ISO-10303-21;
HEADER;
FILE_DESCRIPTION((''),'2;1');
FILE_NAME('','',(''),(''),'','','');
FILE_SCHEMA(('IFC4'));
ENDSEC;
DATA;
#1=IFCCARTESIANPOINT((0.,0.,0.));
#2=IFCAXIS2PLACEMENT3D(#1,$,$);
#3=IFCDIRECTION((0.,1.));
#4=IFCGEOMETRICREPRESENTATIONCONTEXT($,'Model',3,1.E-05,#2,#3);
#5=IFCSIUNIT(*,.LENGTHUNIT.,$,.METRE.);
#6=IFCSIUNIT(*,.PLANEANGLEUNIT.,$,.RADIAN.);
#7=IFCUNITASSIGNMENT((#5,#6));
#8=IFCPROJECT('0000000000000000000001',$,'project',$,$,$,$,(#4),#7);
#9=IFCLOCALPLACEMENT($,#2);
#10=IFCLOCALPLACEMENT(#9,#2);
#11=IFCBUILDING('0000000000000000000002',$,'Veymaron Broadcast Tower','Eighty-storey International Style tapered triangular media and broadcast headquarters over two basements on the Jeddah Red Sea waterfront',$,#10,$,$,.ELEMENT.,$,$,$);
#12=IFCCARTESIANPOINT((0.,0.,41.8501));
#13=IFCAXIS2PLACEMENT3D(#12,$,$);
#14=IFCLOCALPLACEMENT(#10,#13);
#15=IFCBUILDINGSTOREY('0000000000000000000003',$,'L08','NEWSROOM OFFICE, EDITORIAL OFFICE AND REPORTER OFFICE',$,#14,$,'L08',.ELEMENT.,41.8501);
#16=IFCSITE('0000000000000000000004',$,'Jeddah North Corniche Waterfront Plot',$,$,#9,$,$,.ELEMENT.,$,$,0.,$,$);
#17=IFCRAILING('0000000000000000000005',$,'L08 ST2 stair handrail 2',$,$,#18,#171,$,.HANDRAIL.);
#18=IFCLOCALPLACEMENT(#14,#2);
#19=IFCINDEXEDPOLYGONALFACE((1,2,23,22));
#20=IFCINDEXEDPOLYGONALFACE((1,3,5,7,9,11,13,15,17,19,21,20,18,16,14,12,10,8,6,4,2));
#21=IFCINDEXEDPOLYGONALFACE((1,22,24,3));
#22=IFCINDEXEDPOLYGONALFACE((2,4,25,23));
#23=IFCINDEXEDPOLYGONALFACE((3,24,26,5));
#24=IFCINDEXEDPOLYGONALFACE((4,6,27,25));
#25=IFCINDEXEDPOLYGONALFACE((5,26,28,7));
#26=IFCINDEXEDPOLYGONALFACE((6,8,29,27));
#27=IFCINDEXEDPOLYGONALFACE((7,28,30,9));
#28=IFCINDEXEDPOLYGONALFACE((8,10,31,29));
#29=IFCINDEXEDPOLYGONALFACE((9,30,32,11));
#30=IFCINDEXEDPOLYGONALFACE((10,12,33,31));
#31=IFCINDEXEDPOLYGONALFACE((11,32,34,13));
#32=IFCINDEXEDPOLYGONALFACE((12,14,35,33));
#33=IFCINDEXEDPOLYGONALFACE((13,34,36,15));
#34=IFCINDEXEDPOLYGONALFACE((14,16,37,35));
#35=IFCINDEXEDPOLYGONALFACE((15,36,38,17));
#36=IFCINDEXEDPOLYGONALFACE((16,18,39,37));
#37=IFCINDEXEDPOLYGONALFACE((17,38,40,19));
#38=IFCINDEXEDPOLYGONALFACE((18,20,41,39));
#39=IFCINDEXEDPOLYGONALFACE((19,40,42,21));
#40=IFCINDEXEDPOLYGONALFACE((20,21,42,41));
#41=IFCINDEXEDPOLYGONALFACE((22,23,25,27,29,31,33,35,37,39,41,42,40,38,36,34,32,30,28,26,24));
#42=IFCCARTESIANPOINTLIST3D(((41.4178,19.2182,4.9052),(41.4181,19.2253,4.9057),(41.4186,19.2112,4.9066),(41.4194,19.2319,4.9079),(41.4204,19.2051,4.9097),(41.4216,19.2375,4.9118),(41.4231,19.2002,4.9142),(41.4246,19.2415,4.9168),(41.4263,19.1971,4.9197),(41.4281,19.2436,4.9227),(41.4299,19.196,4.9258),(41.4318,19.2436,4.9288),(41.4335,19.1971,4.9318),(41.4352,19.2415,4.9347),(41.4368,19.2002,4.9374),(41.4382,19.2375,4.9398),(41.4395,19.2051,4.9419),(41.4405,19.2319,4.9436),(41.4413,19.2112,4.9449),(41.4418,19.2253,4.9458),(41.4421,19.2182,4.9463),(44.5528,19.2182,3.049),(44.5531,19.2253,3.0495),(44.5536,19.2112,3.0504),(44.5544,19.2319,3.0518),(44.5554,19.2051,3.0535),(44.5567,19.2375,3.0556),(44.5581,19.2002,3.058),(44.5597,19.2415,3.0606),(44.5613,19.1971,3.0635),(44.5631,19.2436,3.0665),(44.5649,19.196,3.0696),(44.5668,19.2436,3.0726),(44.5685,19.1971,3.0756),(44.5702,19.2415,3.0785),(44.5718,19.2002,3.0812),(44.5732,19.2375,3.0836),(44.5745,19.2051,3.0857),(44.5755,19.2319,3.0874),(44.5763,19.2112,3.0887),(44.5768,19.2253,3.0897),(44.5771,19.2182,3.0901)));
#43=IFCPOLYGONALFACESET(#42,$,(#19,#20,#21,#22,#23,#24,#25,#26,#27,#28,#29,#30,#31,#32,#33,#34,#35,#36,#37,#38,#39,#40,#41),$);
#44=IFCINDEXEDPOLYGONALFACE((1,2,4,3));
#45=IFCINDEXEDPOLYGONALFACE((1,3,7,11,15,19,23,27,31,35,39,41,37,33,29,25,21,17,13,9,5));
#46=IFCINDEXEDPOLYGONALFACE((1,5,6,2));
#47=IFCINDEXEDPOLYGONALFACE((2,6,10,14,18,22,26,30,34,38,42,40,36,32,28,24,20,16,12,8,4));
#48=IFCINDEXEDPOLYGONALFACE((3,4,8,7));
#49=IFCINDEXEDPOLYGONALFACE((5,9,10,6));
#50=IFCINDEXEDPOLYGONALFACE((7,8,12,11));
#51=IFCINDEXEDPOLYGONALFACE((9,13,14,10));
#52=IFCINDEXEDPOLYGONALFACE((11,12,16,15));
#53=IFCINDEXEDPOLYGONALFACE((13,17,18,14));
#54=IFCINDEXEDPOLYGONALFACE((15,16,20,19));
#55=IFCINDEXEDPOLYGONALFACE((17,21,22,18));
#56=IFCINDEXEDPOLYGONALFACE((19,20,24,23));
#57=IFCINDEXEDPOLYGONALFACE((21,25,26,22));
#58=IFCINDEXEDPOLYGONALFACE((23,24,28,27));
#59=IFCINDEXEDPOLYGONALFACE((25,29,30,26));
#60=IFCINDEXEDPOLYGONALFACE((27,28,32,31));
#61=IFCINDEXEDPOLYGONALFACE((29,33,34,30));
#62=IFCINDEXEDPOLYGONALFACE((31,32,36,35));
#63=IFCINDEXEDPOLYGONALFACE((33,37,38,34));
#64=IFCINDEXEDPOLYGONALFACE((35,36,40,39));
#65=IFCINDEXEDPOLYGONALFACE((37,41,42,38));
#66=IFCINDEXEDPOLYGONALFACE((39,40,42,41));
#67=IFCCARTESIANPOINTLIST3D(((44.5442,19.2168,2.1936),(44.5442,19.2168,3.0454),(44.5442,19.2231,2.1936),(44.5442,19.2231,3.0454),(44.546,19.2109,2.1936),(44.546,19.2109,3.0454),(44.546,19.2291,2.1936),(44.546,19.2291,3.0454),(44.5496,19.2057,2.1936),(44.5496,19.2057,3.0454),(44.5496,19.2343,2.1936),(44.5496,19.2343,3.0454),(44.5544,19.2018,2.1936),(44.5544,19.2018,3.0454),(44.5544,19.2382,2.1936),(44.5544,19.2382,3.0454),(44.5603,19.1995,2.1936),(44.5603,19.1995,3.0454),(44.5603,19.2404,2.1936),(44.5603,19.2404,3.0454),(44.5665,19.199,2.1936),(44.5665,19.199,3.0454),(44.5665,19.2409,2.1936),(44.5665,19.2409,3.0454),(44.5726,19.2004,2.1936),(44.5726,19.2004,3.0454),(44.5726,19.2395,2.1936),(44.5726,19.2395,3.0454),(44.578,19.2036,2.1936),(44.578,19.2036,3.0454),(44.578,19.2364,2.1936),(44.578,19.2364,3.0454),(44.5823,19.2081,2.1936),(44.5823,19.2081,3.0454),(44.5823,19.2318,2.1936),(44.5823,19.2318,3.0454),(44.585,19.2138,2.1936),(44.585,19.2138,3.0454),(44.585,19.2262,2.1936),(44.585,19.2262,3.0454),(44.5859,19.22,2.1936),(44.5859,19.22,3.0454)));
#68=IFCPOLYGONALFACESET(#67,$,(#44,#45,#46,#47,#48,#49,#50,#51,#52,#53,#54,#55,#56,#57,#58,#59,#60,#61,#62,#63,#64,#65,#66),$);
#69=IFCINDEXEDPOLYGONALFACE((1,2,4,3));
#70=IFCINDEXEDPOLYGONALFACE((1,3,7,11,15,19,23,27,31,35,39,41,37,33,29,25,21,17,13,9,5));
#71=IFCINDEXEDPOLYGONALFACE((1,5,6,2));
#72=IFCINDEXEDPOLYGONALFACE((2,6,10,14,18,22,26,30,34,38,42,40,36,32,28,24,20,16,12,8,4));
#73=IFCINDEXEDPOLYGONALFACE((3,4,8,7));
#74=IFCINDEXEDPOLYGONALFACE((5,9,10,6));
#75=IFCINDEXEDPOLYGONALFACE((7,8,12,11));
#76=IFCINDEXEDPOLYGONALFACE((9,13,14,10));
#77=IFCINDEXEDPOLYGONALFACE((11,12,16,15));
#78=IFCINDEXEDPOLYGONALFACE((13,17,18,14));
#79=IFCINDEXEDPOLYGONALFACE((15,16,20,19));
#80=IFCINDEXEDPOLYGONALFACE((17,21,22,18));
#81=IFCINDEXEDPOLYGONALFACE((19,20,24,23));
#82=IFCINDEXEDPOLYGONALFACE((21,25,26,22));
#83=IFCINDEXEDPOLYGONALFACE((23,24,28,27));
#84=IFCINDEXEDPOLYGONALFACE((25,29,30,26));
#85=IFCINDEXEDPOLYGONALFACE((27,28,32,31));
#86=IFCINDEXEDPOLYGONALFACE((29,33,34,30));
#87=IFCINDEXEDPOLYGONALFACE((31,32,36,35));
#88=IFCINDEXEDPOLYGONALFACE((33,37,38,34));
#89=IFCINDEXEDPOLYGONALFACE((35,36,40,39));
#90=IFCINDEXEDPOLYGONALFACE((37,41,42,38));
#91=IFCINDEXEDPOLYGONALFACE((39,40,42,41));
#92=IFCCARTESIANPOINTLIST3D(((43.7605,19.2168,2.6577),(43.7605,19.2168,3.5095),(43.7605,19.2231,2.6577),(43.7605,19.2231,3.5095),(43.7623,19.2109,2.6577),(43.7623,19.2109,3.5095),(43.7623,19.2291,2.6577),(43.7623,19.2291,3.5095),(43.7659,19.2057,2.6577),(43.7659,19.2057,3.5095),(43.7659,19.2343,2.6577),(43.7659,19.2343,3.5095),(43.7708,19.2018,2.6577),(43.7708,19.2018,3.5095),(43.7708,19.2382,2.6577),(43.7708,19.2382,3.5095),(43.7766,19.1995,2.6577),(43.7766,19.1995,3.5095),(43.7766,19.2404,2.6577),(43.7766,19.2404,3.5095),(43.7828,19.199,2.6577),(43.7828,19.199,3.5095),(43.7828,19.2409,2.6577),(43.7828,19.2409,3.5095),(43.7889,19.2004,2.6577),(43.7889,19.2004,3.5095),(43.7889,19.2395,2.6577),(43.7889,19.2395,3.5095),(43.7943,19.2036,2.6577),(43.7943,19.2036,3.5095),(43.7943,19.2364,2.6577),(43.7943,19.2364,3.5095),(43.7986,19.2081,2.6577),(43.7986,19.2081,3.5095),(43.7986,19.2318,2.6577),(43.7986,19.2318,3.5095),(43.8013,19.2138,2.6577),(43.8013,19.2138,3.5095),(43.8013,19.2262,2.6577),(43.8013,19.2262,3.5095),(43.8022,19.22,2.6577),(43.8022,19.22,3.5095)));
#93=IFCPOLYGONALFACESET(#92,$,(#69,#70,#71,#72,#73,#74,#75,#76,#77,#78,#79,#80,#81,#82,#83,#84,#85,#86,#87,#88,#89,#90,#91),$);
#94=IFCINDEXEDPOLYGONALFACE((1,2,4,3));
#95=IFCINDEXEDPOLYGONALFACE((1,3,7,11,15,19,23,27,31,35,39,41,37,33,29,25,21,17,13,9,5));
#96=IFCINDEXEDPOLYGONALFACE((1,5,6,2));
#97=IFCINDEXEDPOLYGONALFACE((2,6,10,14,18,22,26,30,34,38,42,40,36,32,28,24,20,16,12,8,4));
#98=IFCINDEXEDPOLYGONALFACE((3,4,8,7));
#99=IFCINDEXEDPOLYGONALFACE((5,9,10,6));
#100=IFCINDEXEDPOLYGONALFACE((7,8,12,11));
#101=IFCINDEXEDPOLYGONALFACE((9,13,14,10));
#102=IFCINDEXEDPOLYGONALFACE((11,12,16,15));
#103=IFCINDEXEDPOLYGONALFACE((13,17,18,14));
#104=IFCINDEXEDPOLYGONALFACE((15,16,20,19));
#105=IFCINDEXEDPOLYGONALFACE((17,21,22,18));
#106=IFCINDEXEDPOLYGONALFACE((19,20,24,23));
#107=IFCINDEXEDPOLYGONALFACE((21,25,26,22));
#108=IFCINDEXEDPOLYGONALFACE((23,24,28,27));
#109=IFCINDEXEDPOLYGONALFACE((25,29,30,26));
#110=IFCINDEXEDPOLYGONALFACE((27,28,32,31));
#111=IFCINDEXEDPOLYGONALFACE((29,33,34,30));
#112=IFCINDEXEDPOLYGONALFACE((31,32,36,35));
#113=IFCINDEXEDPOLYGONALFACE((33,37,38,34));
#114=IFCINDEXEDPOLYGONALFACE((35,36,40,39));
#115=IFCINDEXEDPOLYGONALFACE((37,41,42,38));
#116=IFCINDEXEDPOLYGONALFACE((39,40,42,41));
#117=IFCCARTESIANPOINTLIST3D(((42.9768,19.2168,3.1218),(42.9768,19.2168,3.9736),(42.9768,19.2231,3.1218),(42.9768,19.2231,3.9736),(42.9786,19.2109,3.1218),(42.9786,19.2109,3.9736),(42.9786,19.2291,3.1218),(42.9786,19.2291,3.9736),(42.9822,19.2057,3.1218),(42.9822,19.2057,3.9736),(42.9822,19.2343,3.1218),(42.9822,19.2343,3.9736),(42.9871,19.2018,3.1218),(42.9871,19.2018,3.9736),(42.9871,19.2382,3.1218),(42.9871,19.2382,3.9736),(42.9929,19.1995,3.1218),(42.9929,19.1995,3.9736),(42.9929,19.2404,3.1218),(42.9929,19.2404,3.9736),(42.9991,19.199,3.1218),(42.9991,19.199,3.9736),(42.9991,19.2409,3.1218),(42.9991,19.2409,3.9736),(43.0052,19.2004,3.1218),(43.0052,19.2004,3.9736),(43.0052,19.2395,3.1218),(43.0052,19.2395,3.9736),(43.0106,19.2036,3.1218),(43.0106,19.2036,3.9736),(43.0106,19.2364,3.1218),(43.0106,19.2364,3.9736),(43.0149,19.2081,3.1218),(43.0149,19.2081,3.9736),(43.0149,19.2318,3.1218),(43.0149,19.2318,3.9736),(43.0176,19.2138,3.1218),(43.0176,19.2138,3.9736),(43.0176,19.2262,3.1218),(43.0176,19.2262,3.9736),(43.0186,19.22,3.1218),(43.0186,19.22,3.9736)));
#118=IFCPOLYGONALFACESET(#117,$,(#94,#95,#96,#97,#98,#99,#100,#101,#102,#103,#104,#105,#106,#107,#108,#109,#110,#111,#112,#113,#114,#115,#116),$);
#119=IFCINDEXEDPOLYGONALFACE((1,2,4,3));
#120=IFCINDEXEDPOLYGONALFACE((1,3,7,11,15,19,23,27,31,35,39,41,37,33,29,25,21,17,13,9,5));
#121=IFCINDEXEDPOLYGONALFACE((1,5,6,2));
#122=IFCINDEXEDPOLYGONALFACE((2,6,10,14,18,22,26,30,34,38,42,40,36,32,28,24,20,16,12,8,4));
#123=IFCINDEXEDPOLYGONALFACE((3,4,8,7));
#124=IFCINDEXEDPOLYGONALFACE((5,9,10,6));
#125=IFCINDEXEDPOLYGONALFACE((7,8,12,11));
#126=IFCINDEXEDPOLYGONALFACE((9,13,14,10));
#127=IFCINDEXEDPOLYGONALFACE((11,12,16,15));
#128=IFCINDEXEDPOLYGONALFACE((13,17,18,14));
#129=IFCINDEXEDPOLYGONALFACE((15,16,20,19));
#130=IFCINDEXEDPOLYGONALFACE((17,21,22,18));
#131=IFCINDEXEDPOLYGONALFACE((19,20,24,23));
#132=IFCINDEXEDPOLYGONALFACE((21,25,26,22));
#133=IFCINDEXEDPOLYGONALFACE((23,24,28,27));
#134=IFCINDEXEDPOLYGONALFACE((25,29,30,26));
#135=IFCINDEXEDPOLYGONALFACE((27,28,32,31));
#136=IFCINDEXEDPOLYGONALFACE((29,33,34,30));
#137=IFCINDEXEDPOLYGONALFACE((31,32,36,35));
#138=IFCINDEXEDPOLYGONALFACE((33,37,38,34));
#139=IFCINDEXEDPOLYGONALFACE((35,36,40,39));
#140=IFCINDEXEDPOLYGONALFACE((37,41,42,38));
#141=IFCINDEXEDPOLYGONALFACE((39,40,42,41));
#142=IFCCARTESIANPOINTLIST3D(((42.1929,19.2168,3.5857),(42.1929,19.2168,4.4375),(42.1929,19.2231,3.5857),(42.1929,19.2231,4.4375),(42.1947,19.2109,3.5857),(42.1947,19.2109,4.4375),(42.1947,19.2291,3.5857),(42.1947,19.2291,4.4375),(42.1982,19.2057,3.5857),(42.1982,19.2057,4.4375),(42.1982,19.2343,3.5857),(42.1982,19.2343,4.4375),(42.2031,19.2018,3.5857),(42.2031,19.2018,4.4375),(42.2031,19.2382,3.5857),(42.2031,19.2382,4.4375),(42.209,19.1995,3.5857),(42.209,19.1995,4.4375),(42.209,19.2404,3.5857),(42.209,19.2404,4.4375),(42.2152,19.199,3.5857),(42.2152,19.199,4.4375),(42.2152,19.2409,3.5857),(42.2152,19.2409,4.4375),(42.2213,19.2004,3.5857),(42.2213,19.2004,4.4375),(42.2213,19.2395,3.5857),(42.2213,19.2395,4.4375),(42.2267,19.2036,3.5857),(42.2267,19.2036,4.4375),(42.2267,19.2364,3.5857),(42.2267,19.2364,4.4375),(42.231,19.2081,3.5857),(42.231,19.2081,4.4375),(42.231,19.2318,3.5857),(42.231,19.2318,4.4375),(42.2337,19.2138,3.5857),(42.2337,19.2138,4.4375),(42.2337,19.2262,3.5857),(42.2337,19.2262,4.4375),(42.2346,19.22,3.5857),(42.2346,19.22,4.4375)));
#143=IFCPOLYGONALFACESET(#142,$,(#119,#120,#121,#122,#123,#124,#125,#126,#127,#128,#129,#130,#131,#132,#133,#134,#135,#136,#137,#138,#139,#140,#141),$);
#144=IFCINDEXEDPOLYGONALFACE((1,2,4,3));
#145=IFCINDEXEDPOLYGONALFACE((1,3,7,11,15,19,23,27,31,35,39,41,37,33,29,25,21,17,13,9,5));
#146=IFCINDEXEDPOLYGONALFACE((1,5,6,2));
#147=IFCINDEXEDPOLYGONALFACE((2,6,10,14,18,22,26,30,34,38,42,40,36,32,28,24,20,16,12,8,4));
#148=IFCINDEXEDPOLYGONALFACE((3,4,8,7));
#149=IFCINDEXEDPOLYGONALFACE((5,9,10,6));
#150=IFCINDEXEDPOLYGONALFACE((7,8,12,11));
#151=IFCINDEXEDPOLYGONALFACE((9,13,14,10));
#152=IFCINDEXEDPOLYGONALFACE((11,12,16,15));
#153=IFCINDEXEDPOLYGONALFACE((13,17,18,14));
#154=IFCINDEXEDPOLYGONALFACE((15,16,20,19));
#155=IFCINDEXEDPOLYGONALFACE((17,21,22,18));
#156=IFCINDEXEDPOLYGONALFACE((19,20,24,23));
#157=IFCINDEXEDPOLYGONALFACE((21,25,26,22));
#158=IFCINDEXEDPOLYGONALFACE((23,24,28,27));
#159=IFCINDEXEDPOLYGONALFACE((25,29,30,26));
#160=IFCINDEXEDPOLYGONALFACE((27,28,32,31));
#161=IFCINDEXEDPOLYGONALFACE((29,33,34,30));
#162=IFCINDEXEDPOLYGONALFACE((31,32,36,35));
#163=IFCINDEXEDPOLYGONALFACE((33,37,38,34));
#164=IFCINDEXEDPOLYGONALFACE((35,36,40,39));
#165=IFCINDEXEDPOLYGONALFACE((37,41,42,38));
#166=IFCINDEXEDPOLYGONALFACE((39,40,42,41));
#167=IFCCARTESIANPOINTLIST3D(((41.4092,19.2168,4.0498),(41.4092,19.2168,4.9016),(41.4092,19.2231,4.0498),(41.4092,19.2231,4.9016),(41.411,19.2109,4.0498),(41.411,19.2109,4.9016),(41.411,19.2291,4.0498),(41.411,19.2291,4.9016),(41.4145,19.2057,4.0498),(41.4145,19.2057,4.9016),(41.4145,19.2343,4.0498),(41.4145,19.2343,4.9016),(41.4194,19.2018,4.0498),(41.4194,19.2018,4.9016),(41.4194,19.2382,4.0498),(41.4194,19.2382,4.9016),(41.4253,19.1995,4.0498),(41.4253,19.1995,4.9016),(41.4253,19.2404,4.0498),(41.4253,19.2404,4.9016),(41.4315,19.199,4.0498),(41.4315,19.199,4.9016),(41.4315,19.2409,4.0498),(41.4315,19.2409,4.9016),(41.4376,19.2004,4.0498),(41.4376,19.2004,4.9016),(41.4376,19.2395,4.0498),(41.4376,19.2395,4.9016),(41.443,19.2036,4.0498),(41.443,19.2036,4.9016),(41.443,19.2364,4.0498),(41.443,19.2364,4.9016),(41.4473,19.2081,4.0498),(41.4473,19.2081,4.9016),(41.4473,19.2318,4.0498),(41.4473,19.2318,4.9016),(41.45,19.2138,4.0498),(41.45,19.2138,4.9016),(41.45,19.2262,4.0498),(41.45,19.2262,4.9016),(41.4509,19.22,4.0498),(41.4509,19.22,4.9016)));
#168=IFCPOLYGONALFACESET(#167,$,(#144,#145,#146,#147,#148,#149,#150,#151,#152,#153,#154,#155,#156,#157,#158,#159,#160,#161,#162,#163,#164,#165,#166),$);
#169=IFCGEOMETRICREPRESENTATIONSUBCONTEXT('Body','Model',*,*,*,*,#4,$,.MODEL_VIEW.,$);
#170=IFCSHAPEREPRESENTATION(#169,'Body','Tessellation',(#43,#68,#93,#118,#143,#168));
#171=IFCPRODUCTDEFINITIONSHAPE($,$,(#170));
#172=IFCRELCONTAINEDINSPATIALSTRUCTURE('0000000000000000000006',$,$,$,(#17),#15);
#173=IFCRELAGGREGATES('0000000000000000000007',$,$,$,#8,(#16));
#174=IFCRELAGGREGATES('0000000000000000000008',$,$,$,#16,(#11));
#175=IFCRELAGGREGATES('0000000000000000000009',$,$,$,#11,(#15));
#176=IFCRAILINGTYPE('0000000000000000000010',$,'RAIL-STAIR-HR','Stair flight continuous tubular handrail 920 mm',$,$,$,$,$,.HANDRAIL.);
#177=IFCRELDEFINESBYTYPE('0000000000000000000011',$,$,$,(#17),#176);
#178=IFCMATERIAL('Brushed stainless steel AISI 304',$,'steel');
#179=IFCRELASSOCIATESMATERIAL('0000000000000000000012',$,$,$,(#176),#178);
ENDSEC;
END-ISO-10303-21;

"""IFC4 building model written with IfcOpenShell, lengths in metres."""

from ifc_helpers import new_model, si_unit, direction, frame, origin, origin_2d, place, context, subcontext, project, spatial, circle, extrude, material, type_object, element, save


model = new_model("IFC4")

# Units and contexts
model_context = context("Model", 3, precision=1e-05, world=origin(), true_north=direction((0.0, 1.0)))
body_context = subcontext(model_context, "Body", "Model", "MODEL_VIEW")
ifc_project = project(units=[si_unit("LENGTHUNIT", "METRE"), si_unit("PLANEANGLEUNIT", "RADIAN")], contexts=[model_context])

# Site, building, storey
site_placement = place(None, origin())
site = spatial("IfcSite", under=ifc_project, at=site_placement, Name="Jeddah North Corniche Waterfront Plot", CompositionType="ELEMENT", RefElevation=0.0)
building_placement = place(site_placement, origin())
building = spatial("IfcBuilding", under=site, at=building_placement, Name="Veymaron Broadcast Tower", Description="Eighty-storey International Style tapered triangular media and broadcast headquarters over two basements on the Jeddah Red Sea waterfront", CompositionType="ELEMENT")
storey_placement = place(building_placement, frame((0.0, 0.0, 41.8501)))
storey = spatial("IfcBuildingStorey", under=building, at=storey_placement, Name="L08", Description="NEWSROOM OFFICE, EDITORIAL OFFICE AND REPORTER OFFICE", LongName="L08", CompositionType="ELEMENT", Elevation=41.8501)

# Shared definitions
ifc_material_1 = material(Name="Brushed stainless steel AISI 304", Category="steel")

# Railing
railing_type_1 = type_object("IfcRailingType", Name="RAIL-STAIR-HR", Description="Stair flight continuous tubular handrail 920 mm", PredefinedType="HANDRAIL", material=ifc_material_1)
railing_1_placement = place(storey_placement, frame((44.5649, 19.22, 2.1936)))
element("IfcRailing", 1, at=railing_1_placement, inside=storey, type_object=railing_type_1, Name="L08 ST2 stair handrail 2", PredefinedType="HANDRAIL", context=body_context, shape_type="SweptSolid", body=[
    extrude(circle(Radius=0.0239, at=origin_2d()), frame((0.0, 0.0, 0.876), z_axis=(-0.860482, 0.0, 0.509481), x_axis=(0.0, -1.0, 0.0)), (0.0, 0.0, 1.0), 3.6433),
    extrude(circle(Radius=0.021, at=origin_2d()), origin(), (0.0, 0.0, 1.0), 0.8518),
    extrude(circle(Radius=0.021, at=origin_2d()), frame((-0.7837, 0.0, 0.4641)), (0.0, 0.0, 1.0), 0.8518),
    extrude(circle(Radius=0.021, at=origin_2d()), frame((-1.5674, 0.0, 0.9282)), (0.0, 0.0, 1.0), 0.8518),
    extrude(circle(Radius=0.021, at=origin_2d()), frame((-2.3513, 0.0, 1.3921)), (0.0, 0.0, 1.0), 0.8518),
    extrude(circle(Radius=0.021, at=origin_2d()), frame((-3.135, 0.0, 1.8562)), (0.0, 0.0, 1.0), 0.8518),
])

save(model, "model.ifc")
